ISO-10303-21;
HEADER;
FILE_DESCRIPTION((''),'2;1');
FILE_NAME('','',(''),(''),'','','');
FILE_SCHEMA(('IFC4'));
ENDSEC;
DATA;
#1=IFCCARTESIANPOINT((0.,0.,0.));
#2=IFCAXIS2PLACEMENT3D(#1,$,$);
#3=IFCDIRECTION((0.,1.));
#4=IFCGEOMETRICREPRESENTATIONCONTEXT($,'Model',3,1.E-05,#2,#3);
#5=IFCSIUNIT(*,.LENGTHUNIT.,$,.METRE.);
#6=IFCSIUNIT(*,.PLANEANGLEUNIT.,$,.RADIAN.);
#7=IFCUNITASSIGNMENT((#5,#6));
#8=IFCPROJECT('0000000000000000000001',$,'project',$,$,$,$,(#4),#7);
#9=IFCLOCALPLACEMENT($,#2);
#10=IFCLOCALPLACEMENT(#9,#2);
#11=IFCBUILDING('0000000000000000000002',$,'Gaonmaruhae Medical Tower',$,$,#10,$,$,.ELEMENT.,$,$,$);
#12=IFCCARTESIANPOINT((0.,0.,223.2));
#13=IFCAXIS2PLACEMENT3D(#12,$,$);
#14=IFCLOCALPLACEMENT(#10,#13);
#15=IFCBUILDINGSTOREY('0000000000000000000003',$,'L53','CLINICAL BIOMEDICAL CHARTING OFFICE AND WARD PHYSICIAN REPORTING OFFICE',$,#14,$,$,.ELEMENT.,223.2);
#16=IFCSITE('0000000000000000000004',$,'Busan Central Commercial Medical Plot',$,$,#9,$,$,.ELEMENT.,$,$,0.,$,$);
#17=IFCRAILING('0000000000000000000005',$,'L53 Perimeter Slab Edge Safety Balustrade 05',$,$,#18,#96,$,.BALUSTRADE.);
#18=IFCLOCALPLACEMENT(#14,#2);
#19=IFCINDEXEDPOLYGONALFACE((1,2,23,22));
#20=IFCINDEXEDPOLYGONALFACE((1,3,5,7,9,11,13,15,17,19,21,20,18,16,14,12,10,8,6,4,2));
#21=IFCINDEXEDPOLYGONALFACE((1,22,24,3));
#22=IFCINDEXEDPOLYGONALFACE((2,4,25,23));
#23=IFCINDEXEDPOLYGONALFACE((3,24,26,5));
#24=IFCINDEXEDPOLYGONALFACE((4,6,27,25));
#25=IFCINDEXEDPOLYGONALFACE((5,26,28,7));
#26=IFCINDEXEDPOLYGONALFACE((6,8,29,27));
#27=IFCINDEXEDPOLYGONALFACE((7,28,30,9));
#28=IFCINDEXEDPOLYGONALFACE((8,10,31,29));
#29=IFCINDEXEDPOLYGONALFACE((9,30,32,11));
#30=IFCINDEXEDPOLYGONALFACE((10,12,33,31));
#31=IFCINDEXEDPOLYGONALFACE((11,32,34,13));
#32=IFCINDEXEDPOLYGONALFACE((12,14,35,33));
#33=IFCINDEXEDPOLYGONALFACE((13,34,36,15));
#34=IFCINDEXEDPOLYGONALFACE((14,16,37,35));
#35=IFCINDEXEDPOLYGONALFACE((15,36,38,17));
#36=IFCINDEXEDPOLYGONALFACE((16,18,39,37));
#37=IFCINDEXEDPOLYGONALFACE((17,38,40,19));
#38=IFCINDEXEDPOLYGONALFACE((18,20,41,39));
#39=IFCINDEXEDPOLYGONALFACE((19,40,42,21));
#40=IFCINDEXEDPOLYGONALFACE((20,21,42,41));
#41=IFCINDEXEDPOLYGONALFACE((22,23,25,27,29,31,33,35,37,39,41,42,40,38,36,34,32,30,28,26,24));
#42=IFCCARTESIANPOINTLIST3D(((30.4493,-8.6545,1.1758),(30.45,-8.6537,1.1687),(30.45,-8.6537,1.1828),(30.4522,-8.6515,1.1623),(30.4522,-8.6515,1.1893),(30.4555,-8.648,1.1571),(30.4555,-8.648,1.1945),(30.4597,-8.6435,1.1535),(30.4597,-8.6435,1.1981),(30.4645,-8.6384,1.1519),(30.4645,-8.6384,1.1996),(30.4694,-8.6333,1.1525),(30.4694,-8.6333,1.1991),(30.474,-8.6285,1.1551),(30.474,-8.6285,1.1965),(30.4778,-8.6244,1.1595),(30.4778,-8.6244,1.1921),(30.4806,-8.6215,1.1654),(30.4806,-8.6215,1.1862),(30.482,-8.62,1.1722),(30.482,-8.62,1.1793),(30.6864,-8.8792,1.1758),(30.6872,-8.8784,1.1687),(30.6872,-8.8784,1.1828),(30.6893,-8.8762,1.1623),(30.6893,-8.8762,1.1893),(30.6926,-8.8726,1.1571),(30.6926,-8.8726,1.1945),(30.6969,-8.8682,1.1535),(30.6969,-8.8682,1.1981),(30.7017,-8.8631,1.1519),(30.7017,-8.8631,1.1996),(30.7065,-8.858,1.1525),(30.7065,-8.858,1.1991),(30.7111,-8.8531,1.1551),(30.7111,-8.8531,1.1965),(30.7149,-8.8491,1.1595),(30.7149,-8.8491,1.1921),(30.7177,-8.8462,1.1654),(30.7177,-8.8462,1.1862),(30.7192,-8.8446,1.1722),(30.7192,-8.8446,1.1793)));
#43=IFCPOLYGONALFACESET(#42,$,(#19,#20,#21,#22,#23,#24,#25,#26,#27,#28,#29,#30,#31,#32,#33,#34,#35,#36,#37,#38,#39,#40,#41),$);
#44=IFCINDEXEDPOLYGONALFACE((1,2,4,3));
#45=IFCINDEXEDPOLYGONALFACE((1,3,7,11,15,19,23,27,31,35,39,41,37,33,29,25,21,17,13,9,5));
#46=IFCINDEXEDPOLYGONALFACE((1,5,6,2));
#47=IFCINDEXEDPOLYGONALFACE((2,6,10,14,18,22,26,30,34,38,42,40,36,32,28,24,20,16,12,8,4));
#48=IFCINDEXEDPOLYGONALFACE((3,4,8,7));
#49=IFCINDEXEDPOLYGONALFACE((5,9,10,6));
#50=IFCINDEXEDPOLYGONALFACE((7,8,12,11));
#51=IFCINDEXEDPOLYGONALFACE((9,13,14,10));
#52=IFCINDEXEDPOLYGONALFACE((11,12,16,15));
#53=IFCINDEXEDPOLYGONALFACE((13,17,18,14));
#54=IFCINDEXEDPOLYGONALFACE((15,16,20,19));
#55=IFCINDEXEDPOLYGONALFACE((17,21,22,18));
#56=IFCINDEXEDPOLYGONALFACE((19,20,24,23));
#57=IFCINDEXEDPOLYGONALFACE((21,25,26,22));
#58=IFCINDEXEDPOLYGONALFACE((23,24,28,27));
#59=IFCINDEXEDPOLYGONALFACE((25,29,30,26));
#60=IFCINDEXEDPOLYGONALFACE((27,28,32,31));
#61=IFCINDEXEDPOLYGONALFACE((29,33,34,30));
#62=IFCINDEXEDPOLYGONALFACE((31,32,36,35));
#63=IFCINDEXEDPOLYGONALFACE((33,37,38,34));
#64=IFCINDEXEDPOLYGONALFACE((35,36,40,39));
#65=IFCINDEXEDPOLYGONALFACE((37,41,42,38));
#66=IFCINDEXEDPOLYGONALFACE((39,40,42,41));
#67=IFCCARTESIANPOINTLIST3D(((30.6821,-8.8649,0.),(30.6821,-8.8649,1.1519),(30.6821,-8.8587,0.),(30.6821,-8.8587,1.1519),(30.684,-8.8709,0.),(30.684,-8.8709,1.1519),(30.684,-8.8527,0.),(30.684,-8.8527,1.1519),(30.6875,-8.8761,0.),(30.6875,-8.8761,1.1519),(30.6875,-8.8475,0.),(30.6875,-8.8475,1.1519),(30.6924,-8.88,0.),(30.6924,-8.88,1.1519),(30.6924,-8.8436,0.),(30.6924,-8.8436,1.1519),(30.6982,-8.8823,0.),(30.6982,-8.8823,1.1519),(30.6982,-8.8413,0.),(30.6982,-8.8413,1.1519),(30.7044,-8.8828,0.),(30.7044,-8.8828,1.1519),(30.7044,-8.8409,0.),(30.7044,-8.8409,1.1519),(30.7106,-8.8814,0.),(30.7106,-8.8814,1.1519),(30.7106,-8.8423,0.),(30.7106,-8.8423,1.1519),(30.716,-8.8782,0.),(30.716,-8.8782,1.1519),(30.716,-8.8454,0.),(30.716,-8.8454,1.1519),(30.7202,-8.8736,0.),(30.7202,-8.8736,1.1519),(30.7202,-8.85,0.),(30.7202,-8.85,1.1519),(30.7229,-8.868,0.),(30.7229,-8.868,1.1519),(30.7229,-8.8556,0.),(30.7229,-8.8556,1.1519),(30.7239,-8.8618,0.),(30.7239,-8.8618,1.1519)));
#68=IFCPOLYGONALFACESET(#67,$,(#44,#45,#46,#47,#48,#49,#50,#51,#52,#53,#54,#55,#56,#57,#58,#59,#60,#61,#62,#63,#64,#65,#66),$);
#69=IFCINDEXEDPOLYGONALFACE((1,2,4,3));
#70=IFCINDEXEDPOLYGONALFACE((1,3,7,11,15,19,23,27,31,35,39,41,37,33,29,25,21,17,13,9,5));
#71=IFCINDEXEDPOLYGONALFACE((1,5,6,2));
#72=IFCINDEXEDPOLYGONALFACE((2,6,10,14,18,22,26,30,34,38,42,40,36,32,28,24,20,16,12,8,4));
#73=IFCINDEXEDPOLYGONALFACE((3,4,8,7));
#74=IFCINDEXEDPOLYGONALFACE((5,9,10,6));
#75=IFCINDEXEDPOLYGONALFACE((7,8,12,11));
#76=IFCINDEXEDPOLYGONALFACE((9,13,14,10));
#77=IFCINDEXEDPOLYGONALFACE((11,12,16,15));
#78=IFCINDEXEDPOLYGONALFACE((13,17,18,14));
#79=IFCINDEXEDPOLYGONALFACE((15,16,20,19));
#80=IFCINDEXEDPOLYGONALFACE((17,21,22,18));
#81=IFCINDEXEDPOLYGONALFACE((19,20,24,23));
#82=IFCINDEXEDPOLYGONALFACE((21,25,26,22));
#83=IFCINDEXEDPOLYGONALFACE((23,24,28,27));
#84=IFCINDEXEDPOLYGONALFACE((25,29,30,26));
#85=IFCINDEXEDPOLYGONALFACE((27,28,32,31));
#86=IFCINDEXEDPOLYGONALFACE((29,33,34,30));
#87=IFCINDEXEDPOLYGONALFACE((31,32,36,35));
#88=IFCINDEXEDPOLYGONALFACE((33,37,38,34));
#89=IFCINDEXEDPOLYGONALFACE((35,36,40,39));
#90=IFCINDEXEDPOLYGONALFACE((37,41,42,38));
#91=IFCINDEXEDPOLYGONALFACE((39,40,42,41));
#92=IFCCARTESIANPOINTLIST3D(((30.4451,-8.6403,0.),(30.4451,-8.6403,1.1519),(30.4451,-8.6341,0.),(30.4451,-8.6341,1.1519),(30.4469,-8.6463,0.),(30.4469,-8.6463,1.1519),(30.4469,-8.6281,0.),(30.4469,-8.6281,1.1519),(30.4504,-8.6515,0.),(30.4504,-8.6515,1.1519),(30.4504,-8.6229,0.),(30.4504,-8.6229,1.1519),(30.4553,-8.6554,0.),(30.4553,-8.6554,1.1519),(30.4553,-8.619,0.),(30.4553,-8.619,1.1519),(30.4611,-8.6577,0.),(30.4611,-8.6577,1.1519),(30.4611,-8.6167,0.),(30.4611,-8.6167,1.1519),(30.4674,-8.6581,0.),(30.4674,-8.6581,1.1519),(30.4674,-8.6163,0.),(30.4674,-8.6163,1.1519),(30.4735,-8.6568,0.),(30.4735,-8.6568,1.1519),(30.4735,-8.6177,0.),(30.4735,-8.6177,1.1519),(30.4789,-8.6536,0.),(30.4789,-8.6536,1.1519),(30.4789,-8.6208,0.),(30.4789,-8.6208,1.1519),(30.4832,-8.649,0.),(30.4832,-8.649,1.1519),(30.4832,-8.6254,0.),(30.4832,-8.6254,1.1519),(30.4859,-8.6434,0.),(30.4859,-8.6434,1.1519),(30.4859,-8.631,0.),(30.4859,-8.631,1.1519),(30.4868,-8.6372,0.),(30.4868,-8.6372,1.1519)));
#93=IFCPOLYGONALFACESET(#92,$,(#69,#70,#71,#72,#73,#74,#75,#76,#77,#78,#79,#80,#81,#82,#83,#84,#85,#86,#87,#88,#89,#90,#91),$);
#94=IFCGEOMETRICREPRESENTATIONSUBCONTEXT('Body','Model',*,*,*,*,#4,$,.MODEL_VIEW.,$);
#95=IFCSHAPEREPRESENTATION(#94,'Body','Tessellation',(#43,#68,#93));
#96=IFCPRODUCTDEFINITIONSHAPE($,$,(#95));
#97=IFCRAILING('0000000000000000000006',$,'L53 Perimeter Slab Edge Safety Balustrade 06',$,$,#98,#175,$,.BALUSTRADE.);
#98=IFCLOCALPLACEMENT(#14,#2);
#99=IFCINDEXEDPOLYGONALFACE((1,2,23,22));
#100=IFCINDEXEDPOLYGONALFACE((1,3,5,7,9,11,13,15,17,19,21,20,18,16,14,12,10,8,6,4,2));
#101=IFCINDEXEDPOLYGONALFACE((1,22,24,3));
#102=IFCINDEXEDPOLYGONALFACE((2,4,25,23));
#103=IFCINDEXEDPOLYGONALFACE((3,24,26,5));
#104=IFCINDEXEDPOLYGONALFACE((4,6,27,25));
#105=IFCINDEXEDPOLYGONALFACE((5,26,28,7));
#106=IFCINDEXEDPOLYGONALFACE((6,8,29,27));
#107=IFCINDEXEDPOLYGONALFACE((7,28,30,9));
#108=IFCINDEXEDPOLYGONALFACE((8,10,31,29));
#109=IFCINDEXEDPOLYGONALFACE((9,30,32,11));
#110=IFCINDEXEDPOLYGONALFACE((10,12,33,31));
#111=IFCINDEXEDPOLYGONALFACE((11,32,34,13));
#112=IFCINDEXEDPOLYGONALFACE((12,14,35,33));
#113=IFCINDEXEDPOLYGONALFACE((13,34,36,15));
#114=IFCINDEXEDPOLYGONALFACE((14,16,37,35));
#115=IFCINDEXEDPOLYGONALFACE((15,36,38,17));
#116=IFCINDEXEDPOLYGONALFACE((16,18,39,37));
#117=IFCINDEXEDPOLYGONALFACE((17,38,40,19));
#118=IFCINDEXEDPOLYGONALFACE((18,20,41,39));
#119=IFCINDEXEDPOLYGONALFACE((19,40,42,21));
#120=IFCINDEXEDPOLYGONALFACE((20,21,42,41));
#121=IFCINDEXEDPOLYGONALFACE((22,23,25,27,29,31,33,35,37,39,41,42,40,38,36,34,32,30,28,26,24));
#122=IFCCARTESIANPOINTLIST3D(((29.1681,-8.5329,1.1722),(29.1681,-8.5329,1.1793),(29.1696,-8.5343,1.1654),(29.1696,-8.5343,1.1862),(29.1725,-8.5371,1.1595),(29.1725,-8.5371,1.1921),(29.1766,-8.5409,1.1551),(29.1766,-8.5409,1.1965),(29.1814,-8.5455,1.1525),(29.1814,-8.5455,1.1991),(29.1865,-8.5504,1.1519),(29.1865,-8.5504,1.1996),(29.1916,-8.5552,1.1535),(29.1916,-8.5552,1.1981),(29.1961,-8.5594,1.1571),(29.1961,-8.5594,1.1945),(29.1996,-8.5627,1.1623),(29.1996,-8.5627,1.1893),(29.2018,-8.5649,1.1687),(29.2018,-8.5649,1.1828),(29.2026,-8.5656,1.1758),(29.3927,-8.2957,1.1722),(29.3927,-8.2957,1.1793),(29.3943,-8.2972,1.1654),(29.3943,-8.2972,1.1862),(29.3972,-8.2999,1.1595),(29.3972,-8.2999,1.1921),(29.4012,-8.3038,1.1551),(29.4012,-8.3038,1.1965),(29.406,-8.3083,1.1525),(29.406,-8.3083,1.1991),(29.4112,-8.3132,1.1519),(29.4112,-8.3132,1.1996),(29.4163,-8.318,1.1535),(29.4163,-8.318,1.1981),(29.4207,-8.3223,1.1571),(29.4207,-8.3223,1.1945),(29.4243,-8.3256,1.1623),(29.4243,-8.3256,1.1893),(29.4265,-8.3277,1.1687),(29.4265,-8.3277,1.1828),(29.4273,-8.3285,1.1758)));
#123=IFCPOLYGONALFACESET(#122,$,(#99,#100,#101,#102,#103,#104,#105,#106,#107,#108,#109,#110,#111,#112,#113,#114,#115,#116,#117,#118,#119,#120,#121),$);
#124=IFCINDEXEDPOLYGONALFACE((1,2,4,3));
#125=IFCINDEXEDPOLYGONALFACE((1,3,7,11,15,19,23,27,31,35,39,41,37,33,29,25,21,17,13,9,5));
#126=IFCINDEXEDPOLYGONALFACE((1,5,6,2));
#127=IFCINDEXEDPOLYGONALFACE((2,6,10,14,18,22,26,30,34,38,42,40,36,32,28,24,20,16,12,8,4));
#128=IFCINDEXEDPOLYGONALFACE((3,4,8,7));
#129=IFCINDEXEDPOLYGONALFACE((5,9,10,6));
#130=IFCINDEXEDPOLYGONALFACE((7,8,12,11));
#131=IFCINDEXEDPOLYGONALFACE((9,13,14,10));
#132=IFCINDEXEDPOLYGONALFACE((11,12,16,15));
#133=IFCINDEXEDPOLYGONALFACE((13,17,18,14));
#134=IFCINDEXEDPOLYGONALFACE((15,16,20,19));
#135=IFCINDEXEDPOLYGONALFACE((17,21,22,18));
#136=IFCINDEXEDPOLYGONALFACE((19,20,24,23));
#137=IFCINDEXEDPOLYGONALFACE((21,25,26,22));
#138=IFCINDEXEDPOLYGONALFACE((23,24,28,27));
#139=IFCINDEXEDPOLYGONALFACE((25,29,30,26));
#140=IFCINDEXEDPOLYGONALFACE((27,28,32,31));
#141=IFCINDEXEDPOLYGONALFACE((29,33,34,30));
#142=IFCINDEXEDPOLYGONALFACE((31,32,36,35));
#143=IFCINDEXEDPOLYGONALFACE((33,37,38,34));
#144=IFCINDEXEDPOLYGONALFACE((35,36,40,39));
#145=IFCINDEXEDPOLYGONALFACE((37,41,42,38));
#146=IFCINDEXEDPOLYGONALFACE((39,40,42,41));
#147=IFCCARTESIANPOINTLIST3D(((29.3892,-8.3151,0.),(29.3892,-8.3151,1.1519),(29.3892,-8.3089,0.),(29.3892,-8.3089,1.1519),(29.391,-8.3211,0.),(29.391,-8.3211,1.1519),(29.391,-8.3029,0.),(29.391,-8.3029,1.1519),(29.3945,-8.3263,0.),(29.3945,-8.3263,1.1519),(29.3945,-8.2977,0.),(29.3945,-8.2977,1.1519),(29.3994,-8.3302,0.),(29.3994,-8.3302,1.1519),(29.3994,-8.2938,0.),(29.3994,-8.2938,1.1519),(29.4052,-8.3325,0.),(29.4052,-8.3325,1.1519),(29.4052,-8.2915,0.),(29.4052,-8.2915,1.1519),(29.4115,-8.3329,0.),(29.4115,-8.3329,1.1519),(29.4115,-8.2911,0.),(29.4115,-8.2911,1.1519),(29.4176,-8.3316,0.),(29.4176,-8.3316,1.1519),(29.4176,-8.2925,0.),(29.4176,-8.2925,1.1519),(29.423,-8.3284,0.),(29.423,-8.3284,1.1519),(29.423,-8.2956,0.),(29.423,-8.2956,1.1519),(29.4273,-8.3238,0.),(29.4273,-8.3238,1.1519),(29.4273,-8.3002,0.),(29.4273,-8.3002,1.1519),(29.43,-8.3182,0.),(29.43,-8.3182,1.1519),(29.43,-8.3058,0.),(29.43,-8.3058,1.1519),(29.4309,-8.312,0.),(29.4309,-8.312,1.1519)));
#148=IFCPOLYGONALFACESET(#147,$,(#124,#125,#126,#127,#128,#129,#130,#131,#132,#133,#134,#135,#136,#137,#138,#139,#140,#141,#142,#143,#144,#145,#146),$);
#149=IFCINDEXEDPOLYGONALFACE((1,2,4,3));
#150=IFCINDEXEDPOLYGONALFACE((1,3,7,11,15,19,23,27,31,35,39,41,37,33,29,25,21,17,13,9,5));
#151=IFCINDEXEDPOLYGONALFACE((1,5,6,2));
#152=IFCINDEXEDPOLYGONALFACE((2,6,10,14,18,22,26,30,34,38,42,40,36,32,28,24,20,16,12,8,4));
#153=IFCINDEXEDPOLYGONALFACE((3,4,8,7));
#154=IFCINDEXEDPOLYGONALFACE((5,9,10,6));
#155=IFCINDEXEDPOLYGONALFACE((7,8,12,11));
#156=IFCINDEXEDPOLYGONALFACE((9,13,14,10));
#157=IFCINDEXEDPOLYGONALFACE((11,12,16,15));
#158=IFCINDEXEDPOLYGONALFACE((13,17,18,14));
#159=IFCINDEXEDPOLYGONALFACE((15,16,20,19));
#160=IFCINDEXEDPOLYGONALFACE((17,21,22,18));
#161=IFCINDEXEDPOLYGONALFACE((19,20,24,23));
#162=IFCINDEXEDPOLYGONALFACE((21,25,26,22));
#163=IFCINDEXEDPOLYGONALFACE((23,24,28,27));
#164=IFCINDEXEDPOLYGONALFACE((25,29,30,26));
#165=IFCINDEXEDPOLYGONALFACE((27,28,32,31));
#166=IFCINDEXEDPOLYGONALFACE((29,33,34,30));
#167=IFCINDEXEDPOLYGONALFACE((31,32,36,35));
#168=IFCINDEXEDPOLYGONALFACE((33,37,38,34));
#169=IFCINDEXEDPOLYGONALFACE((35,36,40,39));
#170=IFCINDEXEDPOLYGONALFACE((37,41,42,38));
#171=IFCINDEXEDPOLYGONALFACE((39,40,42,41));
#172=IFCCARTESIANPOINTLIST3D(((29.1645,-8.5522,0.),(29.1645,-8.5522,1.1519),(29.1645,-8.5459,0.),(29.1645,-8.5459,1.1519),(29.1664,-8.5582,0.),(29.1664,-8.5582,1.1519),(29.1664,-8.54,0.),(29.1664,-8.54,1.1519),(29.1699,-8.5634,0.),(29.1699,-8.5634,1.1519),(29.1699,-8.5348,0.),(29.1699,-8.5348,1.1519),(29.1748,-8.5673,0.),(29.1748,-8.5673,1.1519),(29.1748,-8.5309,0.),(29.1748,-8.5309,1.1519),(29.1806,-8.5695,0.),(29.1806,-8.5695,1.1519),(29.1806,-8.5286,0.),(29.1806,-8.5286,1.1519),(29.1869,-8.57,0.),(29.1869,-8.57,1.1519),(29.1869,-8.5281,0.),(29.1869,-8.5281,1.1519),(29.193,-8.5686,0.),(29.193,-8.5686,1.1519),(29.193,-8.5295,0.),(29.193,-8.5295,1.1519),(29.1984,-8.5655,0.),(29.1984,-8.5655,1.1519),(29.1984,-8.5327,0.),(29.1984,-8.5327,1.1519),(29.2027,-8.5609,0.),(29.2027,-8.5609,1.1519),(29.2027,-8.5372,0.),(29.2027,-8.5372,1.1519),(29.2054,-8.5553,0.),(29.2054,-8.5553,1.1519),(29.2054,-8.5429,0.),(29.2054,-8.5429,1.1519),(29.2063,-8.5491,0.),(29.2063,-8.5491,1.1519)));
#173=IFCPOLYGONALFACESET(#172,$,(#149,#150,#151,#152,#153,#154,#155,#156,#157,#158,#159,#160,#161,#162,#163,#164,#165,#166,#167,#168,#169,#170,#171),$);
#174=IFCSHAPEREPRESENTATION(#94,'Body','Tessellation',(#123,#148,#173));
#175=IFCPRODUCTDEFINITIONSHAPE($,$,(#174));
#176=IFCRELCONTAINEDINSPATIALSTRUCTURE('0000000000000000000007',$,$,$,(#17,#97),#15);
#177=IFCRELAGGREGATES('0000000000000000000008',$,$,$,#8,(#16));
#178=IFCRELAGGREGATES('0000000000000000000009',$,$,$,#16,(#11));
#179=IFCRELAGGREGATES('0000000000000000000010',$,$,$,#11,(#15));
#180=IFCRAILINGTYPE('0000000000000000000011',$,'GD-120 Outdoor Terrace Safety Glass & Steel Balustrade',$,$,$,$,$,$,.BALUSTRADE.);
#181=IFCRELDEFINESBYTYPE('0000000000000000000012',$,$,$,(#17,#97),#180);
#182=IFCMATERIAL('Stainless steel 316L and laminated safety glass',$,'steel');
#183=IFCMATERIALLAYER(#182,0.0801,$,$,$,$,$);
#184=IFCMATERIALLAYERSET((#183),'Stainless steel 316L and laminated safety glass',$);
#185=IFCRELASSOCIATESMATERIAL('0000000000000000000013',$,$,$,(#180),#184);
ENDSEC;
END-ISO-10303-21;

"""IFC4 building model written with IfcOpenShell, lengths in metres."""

from ifc_helpers import new_model, si_unit, direction, frame, origin, origin_2d, place, context, subcontext, project, spatial, circle, extrude, material, layer, layer_set, type_object, element, save


model = new_model("IFC4")

# Units and contexts
model_context = context("Model", 3, precision=1e-05, world=origin(), true_north=direction((0.0, 1.0)))
body_context = subcontext(model_context, "Body", "Model", "MODEL_VIEW")
ifc_project = project(units=[si_unit("LENGTHUNIT", "METRE"), si_unit("PLANEANGLEUNIT", "RADIAN")], contexts=[model_context])

# Site, building, storey
site_placement = place(None, origin())
site = spatial("IfcSite", under=ifc_project, at=site_placement, Name="Busan Central Commercial Medical Plot", CompositionType="ELEMENT", RefElevation=0.0)
building_placement = place(site_placement, origin())
building = spatial("IfcBuilding", under=site, at=building_placement, Name="Gaonmaruhae Medical Tower", CompositionType="ELEMENT")
storey_placement = place(building_placement, frame((0.0, 0.0, 223.2)))
storey = spatial("IfcBuildingStorey", under=building, at=storey_placement, Name="L53", Description="CLINICAL BIOMEDICAL CHARTING OFFICE AND WARD PHYSICIAN REPORTING OFFICE", CompositionType="ELEMENT", Elevation=223.2)

# Railings
ifc_material_1 = material(Name="Stainless steel 316L and laminated safety glass", Category="steel")
ifc_layer_1 = layer(ifc_material_1, 0.0801)
ifc_layer_set_1 = layer_set([ifc_layer_1], Name="Stainless steel 316L and laminated safety glass")
railing_type = type_object("IfcRailingType", Name="GD-120 Outdoor Terrace Safety Glass & Steel Balustrade", PredefinedType="BALUSTRADE", material=ifc_layer_set_1)
railing_1_placement = place(storey_placement, frame((30.7029, -8.8618, 0.0)))
element("IfcRailing", 1, at=railing_1_placement, inside=storey, type_object=railing_type, Name="L53 Perimeter Slab Edge Safety Balustrade 05", PredefinedType="BALUSTRADE", context=body_context, shape_type="SweptSolid", body=[
    extrude(circle(Radius=0.0239, at=origin_2d()), frame((0.0, 0.0, 1.1758), z_axis=(-0.725913, 0.687786, 0.0), x_axis=(-0.687786, -0.725913, 0.0)), (0.0, 0.0, 1.0), 0.3267),
    extrude(circle(Radius=0.021, at=origin_2d()), origin(), (0.0, 0.0, 1.0), 1.1519),
    extrude(circle(Radius=0.021, at=origin_2d()), frame((-0.2371, 0.2246, 0.0)), (0.0, 0.0, 1.0), 1.1519),
])
railing_2_placement = place(storey_placement, frame((29.4099, -8.312, 0.0)))
element("IfcRailing", 2, at=railing_2_placement, inside=storey, type_object=railing_type, Name="L53 Perimeter Slab Edge Safety Balustrade 06", PredefinedType="BALUSTRADE", context=body_context, shape_type="SweptSolid", body=[
    extrude(circle(Radius=0.0239, at=origin_2d()), frame((0.0, 0.0, 1.1758), z_axis=(-0.687786, -0.725913, 0.0), x_axis=(0.725913, -0.687786, 0.0)), (0.0, 0.0, 1.0), 0.3267),
    extrude(circle(Radius=0.021, at=origin_2d()), origin(), (0.0, 0.0, 1.0), 1.1519),
    extrude(circle(Radius=0.021, at=origin_2d()), frame((-0.2246, -0.2371, 0.0)), (0.0, 0.0, 1.0), 1.1519),
])

save(model, "model.ifc")
